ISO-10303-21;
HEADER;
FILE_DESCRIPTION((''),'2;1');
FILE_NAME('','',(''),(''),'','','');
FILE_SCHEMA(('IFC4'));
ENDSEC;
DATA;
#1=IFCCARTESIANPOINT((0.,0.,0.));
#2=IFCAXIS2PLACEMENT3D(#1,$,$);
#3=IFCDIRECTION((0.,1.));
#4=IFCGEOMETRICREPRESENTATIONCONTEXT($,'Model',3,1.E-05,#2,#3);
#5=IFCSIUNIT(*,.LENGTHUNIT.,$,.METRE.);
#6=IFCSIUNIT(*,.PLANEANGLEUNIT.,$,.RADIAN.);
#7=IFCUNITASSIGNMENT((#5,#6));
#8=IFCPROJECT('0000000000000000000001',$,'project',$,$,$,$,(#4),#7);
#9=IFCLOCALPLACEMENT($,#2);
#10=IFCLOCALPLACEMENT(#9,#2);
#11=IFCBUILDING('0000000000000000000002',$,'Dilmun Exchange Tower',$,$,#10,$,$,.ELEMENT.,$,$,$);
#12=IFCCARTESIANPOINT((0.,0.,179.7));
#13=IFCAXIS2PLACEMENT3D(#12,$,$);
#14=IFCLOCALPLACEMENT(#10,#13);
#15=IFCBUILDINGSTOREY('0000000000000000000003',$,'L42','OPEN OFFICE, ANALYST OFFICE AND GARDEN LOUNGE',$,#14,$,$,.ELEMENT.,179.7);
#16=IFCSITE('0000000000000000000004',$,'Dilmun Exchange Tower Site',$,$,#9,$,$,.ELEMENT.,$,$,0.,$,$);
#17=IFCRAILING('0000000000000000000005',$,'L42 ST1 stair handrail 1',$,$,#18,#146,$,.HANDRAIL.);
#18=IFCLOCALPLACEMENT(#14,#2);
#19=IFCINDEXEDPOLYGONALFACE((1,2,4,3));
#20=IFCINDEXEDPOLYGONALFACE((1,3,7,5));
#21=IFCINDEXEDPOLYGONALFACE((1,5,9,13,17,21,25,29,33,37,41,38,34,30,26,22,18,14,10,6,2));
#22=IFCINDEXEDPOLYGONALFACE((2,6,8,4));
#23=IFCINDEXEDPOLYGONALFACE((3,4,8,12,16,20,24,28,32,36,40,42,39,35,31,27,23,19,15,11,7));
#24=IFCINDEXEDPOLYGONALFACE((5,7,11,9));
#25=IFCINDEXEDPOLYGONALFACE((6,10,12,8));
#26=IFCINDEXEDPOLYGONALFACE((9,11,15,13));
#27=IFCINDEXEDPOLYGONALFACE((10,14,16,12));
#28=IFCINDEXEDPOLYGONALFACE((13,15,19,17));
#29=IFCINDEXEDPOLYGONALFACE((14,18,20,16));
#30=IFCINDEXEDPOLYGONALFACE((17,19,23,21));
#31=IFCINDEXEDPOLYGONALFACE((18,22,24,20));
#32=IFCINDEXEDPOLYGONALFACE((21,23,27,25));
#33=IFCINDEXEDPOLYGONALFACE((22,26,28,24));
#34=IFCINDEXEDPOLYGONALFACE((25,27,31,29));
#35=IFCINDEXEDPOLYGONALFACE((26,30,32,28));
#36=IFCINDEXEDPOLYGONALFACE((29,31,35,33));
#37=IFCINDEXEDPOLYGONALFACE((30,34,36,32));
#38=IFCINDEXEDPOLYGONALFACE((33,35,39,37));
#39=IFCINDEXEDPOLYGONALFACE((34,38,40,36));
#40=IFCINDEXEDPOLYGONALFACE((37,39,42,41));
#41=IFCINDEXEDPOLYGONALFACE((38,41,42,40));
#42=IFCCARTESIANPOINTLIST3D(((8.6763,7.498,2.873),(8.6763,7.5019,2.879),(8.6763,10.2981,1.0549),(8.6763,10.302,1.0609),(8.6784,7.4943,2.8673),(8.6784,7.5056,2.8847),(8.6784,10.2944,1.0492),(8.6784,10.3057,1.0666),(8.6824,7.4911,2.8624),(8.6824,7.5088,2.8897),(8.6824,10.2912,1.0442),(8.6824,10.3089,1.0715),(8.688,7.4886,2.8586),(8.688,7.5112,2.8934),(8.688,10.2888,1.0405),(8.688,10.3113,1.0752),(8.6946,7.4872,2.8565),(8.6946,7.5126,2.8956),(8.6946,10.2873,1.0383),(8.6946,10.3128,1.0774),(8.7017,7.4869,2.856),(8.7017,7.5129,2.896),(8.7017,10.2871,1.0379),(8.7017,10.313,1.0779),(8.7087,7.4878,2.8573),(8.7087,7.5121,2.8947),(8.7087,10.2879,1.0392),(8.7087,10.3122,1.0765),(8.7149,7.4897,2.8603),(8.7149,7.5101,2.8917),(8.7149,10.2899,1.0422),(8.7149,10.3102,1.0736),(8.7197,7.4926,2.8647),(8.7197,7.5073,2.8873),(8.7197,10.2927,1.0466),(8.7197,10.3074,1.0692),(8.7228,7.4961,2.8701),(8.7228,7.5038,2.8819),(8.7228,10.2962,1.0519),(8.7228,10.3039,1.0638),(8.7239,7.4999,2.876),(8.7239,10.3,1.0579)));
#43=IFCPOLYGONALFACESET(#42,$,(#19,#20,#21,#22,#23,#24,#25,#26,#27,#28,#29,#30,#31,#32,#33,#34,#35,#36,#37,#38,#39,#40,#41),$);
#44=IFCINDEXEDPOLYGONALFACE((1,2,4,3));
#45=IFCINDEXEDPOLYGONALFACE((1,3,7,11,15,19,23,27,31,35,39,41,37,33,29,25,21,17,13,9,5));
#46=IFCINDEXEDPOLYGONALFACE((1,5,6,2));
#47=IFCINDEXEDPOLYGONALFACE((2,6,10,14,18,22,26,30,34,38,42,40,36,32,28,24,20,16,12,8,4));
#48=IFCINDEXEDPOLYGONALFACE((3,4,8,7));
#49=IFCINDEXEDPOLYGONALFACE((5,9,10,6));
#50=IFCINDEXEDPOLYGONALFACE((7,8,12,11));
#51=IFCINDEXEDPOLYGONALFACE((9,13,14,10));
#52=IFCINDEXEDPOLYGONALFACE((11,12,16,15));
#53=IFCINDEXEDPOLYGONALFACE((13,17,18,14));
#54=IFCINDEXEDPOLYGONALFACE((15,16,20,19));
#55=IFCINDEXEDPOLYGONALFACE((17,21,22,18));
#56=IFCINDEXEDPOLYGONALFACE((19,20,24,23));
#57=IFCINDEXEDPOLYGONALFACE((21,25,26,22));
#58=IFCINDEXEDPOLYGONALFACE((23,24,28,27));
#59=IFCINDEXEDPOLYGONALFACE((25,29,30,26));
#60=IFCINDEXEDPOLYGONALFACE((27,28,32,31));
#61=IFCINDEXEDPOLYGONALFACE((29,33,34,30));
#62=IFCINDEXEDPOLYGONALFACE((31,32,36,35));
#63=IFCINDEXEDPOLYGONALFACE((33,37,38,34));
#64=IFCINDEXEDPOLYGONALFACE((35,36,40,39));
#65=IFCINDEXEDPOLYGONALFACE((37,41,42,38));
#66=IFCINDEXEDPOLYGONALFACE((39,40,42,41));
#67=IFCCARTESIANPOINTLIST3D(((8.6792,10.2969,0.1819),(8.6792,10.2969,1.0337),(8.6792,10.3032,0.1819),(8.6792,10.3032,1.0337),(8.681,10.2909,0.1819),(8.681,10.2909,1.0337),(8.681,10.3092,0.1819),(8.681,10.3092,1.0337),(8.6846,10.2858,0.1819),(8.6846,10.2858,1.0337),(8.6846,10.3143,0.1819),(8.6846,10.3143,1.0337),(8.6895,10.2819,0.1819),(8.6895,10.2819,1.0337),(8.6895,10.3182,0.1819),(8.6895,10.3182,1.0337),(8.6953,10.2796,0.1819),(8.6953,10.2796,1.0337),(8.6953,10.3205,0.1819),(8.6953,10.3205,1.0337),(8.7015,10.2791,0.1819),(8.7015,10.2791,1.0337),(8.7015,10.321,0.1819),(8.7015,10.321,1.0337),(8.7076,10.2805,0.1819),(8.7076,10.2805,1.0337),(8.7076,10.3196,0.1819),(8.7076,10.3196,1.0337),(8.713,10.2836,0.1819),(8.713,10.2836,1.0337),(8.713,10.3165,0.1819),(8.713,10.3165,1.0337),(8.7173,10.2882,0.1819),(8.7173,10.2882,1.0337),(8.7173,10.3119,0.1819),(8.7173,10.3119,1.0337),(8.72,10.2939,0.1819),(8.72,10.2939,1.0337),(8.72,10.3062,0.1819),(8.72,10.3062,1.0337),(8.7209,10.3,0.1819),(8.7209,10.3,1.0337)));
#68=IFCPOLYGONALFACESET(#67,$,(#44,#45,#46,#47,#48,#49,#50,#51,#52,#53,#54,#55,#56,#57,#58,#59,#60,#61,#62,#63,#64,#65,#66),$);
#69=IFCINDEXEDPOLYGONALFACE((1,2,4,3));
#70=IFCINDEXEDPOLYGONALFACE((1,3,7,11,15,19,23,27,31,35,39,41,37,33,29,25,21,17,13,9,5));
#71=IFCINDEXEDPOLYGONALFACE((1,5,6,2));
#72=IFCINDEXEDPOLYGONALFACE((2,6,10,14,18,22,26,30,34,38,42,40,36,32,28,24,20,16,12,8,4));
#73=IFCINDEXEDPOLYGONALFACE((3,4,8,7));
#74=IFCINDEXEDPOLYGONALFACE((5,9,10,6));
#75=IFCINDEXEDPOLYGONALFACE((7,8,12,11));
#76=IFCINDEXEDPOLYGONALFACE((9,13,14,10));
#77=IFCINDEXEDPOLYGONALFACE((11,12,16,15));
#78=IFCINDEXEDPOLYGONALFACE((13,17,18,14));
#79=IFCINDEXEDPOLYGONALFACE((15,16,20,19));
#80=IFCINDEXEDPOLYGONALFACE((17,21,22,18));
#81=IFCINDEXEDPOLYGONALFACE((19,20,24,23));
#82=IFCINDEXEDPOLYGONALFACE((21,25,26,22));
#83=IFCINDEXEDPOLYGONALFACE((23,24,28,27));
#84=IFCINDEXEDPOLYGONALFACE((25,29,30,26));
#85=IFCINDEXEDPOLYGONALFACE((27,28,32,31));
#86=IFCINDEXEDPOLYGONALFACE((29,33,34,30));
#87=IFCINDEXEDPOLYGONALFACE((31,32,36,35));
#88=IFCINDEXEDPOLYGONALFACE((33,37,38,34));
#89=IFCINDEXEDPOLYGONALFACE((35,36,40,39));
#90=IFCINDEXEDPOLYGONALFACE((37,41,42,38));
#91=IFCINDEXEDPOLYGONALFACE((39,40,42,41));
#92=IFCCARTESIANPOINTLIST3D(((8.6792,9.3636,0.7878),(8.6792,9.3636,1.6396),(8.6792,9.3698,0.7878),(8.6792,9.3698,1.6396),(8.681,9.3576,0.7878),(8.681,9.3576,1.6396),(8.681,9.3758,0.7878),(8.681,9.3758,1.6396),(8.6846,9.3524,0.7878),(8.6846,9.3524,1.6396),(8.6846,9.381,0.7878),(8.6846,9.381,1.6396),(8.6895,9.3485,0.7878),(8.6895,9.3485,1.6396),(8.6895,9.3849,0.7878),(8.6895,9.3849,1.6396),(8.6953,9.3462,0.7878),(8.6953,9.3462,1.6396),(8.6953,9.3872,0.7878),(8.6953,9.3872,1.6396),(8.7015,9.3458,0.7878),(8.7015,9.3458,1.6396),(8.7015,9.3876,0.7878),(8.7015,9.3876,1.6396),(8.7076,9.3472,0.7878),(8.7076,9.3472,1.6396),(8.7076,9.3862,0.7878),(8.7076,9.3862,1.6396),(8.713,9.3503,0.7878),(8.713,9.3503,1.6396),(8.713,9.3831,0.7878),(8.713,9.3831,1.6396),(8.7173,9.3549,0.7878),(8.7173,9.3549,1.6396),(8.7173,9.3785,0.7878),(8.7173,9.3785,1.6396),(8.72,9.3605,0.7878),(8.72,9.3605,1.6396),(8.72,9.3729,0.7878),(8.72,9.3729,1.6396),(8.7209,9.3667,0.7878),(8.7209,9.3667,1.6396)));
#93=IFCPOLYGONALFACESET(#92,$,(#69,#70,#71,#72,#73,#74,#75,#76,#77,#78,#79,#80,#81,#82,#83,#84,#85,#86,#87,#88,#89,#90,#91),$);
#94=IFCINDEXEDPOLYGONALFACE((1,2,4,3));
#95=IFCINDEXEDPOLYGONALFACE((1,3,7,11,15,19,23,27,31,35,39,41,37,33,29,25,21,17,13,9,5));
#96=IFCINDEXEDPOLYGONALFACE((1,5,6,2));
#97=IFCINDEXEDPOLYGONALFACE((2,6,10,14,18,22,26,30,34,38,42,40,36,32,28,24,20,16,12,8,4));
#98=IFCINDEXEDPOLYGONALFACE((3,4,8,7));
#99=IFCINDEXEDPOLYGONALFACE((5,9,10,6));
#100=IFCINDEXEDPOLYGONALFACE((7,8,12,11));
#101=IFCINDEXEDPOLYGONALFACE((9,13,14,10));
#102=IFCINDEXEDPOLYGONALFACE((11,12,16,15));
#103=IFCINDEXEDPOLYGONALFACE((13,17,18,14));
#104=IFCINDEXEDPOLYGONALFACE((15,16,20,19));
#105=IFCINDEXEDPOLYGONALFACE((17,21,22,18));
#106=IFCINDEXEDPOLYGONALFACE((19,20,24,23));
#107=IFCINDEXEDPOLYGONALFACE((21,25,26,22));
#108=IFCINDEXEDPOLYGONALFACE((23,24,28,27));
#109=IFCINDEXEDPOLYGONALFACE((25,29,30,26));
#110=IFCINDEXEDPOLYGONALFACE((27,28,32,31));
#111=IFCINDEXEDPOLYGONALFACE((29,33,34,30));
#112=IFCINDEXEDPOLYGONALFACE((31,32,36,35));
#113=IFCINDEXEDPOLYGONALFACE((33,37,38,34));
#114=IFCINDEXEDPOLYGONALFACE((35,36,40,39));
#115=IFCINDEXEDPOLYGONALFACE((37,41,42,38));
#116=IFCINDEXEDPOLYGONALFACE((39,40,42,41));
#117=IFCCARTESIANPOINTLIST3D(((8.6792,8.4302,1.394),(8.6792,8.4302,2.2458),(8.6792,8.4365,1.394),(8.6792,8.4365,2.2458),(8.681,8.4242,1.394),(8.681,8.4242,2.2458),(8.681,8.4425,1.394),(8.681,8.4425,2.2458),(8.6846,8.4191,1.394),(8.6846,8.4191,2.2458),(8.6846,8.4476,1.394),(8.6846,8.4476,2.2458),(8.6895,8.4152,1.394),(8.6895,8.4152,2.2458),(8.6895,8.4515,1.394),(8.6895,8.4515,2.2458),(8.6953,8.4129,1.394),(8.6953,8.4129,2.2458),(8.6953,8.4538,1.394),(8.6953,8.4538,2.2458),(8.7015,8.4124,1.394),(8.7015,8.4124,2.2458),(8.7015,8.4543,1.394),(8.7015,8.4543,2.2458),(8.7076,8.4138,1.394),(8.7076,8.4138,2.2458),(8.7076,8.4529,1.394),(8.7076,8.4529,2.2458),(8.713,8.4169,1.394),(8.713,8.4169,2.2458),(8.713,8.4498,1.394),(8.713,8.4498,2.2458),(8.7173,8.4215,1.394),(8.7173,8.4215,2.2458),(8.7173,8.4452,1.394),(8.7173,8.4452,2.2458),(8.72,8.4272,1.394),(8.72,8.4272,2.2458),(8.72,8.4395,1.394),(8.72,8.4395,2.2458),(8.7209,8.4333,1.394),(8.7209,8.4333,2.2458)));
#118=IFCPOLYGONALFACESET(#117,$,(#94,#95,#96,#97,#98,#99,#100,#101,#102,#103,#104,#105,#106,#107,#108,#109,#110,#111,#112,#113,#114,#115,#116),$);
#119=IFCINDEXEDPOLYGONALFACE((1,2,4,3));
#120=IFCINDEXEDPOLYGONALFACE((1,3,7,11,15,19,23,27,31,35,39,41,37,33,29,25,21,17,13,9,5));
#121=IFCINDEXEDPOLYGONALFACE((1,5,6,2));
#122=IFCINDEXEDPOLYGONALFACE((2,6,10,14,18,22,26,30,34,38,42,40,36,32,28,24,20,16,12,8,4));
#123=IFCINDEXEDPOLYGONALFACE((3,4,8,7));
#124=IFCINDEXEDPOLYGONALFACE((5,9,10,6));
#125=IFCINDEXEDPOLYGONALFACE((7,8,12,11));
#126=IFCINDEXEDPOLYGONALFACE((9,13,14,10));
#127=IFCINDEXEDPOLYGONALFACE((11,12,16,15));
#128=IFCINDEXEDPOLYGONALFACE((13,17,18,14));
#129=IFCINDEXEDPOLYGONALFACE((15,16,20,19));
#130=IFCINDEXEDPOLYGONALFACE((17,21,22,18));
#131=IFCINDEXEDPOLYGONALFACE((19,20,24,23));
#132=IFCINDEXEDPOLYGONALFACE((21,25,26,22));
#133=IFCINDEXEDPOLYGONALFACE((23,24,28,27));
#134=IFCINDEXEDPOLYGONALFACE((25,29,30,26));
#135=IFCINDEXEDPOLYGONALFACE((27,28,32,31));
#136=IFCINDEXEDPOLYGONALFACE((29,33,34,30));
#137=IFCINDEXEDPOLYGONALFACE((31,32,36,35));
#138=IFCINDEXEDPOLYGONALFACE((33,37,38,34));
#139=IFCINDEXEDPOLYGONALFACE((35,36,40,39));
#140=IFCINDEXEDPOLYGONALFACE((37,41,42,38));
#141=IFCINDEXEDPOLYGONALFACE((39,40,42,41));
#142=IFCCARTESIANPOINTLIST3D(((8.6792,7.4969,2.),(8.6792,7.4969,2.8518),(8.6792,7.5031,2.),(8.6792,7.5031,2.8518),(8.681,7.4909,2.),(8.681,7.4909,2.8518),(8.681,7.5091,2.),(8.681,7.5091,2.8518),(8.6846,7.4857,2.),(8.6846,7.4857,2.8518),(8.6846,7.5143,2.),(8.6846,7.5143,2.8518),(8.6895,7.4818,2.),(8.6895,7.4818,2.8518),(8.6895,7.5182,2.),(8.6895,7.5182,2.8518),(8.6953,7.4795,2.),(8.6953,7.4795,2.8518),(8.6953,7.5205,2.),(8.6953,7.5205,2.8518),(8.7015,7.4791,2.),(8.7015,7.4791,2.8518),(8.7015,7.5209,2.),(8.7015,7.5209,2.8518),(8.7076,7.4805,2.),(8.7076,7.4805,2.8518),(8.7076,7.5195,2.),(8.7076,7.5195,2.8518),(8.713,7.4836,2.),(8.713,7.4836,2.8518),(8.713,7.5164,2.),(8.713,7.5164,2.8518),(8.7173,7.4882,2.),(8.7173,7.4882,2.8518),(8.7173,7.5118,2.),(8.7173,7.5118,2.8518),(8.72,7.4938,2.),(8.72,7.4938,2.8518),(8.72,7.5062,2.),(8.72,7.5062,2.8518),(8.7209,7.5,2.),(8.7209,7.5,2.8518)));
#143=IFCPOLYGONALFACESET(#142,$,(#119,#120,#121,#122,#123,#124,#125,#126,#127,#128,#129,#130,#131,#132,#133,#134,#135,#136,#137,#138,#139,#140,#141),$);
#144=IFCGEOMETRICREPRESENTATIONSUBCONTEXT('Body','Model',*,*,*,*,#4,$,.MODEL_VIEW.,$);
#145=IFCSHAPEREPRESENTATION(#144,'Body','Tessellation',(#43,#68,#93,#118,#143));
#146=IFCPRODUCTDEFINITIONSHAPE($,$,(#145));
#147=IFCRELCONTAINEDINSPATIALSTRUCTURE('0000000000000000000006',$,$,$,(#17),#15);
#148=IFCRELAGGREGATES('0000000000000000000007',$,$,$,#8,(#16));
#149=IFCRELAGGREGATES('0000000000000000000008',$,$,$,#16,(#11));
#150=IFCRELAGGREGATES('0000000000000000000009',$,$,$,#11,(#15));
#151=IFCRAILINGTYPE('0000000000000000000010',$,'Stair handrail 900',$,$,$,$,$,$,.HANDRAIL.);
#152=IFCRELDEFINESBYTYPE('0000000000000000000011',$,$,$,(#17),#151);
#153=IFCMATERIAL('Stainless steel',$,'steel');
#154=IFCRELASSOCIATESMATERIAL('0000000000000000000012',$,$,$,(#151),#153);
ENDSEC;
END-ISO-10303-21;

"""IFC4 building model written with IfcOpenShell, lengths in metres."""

from ifc_helpers import new_model, si_unit, direction, frame, origin, origin_2d, place, context, subcontext, project, spatial, circle, extrude, material, type_object, element, save


model = new_model("IFC4")

# Units and contexts
model_context = context("Model", 3, precision=1e-05, world=origin(), true_north=direction((0.0, 1.0)))
body_context = subcontext(model_context, "Body", "Model", "MODEL_VIEW")
ifc_project = project(units=[si_unit("LENGTHUNIT", "METRE"), si_unit("PLANEANGLEUNIT", "RADIAN")], contexts=[model_context])

# Site, building, storey
site_placement = place(None, origin())
site = spatial("IfcSite", under=ifc_project, at=site_placement, Name="Dilmun Exchange Tower Site", CompositionType="ELEMENT", RefElevation=0.0)
building_placement = place(site_placement, origin())
building = spatial("IfcBuilding", under=site, at=building_placement, Name="Dilmun Exchange Tower", CompositionType="ELEMENT")
storey_placement = place(building_placement, frame((0.0, 0.0, 179.7)))
storey = spatial("IfcBuildingStorey", under=building, at=storey_placement, Name="L42", Description="OPEN OFFICE, ANALYST OFFICE AND GARDEN LOUNGE", CompositionType="ELEMENT", Elevation=179.7)

# Railing
ifc_material_1 = material(Name="Stainless steel", Category="steel")
railing_type = type_object("IfcRailingType", Name="Stair handrail 900", PredefinedType="HANDRAIL", material=ifc_material_1)
railing_1_placement = place(storey_placement, frame((8.7, 10.3, 0.1819)))
element("IfcRailing", 1, at=railing_1_placement, inside=storey, type_object=railing_type, Name="L42 ST1 stair handrail 1", PredefinedType="HANDRAIL", context=body_context, shape_type="SweptSolid", body=[
    extrude(circle(Radius=0.0239, at=origin_2d()), frame((0.0, 0.0, 0.876), z_axis=(0.0, -0.838706, 0.544585), x_axis=(1.0, 0.0, 0.0)), (0.0, 0.0, 1.0), 3.3386),
    extrude(circle(Radius=0.021, at=origin_2d()), origin(), (0.0, 0.0, 1.0), 0.8518),
    extrude(circle(Radius=0.021, at=origin_2d()), frame((0.0, -0.9333, 0.606)), (0.0, 0.0, 1.0), 0.8518),
    extrude(circle(Radius=0.021, at=origin_2d()), frame((0.0, -1.8667, 1.2122)), (0.0, 0.0, 1.0), 0.8518),
    extrude(circle(Radius=0.021, at=origin_2d()), frame((0.0, -2.8, 1.8181)), (0.0, 0.0, 1.0), 0.8518),
])

save(model, "model.ifc")
